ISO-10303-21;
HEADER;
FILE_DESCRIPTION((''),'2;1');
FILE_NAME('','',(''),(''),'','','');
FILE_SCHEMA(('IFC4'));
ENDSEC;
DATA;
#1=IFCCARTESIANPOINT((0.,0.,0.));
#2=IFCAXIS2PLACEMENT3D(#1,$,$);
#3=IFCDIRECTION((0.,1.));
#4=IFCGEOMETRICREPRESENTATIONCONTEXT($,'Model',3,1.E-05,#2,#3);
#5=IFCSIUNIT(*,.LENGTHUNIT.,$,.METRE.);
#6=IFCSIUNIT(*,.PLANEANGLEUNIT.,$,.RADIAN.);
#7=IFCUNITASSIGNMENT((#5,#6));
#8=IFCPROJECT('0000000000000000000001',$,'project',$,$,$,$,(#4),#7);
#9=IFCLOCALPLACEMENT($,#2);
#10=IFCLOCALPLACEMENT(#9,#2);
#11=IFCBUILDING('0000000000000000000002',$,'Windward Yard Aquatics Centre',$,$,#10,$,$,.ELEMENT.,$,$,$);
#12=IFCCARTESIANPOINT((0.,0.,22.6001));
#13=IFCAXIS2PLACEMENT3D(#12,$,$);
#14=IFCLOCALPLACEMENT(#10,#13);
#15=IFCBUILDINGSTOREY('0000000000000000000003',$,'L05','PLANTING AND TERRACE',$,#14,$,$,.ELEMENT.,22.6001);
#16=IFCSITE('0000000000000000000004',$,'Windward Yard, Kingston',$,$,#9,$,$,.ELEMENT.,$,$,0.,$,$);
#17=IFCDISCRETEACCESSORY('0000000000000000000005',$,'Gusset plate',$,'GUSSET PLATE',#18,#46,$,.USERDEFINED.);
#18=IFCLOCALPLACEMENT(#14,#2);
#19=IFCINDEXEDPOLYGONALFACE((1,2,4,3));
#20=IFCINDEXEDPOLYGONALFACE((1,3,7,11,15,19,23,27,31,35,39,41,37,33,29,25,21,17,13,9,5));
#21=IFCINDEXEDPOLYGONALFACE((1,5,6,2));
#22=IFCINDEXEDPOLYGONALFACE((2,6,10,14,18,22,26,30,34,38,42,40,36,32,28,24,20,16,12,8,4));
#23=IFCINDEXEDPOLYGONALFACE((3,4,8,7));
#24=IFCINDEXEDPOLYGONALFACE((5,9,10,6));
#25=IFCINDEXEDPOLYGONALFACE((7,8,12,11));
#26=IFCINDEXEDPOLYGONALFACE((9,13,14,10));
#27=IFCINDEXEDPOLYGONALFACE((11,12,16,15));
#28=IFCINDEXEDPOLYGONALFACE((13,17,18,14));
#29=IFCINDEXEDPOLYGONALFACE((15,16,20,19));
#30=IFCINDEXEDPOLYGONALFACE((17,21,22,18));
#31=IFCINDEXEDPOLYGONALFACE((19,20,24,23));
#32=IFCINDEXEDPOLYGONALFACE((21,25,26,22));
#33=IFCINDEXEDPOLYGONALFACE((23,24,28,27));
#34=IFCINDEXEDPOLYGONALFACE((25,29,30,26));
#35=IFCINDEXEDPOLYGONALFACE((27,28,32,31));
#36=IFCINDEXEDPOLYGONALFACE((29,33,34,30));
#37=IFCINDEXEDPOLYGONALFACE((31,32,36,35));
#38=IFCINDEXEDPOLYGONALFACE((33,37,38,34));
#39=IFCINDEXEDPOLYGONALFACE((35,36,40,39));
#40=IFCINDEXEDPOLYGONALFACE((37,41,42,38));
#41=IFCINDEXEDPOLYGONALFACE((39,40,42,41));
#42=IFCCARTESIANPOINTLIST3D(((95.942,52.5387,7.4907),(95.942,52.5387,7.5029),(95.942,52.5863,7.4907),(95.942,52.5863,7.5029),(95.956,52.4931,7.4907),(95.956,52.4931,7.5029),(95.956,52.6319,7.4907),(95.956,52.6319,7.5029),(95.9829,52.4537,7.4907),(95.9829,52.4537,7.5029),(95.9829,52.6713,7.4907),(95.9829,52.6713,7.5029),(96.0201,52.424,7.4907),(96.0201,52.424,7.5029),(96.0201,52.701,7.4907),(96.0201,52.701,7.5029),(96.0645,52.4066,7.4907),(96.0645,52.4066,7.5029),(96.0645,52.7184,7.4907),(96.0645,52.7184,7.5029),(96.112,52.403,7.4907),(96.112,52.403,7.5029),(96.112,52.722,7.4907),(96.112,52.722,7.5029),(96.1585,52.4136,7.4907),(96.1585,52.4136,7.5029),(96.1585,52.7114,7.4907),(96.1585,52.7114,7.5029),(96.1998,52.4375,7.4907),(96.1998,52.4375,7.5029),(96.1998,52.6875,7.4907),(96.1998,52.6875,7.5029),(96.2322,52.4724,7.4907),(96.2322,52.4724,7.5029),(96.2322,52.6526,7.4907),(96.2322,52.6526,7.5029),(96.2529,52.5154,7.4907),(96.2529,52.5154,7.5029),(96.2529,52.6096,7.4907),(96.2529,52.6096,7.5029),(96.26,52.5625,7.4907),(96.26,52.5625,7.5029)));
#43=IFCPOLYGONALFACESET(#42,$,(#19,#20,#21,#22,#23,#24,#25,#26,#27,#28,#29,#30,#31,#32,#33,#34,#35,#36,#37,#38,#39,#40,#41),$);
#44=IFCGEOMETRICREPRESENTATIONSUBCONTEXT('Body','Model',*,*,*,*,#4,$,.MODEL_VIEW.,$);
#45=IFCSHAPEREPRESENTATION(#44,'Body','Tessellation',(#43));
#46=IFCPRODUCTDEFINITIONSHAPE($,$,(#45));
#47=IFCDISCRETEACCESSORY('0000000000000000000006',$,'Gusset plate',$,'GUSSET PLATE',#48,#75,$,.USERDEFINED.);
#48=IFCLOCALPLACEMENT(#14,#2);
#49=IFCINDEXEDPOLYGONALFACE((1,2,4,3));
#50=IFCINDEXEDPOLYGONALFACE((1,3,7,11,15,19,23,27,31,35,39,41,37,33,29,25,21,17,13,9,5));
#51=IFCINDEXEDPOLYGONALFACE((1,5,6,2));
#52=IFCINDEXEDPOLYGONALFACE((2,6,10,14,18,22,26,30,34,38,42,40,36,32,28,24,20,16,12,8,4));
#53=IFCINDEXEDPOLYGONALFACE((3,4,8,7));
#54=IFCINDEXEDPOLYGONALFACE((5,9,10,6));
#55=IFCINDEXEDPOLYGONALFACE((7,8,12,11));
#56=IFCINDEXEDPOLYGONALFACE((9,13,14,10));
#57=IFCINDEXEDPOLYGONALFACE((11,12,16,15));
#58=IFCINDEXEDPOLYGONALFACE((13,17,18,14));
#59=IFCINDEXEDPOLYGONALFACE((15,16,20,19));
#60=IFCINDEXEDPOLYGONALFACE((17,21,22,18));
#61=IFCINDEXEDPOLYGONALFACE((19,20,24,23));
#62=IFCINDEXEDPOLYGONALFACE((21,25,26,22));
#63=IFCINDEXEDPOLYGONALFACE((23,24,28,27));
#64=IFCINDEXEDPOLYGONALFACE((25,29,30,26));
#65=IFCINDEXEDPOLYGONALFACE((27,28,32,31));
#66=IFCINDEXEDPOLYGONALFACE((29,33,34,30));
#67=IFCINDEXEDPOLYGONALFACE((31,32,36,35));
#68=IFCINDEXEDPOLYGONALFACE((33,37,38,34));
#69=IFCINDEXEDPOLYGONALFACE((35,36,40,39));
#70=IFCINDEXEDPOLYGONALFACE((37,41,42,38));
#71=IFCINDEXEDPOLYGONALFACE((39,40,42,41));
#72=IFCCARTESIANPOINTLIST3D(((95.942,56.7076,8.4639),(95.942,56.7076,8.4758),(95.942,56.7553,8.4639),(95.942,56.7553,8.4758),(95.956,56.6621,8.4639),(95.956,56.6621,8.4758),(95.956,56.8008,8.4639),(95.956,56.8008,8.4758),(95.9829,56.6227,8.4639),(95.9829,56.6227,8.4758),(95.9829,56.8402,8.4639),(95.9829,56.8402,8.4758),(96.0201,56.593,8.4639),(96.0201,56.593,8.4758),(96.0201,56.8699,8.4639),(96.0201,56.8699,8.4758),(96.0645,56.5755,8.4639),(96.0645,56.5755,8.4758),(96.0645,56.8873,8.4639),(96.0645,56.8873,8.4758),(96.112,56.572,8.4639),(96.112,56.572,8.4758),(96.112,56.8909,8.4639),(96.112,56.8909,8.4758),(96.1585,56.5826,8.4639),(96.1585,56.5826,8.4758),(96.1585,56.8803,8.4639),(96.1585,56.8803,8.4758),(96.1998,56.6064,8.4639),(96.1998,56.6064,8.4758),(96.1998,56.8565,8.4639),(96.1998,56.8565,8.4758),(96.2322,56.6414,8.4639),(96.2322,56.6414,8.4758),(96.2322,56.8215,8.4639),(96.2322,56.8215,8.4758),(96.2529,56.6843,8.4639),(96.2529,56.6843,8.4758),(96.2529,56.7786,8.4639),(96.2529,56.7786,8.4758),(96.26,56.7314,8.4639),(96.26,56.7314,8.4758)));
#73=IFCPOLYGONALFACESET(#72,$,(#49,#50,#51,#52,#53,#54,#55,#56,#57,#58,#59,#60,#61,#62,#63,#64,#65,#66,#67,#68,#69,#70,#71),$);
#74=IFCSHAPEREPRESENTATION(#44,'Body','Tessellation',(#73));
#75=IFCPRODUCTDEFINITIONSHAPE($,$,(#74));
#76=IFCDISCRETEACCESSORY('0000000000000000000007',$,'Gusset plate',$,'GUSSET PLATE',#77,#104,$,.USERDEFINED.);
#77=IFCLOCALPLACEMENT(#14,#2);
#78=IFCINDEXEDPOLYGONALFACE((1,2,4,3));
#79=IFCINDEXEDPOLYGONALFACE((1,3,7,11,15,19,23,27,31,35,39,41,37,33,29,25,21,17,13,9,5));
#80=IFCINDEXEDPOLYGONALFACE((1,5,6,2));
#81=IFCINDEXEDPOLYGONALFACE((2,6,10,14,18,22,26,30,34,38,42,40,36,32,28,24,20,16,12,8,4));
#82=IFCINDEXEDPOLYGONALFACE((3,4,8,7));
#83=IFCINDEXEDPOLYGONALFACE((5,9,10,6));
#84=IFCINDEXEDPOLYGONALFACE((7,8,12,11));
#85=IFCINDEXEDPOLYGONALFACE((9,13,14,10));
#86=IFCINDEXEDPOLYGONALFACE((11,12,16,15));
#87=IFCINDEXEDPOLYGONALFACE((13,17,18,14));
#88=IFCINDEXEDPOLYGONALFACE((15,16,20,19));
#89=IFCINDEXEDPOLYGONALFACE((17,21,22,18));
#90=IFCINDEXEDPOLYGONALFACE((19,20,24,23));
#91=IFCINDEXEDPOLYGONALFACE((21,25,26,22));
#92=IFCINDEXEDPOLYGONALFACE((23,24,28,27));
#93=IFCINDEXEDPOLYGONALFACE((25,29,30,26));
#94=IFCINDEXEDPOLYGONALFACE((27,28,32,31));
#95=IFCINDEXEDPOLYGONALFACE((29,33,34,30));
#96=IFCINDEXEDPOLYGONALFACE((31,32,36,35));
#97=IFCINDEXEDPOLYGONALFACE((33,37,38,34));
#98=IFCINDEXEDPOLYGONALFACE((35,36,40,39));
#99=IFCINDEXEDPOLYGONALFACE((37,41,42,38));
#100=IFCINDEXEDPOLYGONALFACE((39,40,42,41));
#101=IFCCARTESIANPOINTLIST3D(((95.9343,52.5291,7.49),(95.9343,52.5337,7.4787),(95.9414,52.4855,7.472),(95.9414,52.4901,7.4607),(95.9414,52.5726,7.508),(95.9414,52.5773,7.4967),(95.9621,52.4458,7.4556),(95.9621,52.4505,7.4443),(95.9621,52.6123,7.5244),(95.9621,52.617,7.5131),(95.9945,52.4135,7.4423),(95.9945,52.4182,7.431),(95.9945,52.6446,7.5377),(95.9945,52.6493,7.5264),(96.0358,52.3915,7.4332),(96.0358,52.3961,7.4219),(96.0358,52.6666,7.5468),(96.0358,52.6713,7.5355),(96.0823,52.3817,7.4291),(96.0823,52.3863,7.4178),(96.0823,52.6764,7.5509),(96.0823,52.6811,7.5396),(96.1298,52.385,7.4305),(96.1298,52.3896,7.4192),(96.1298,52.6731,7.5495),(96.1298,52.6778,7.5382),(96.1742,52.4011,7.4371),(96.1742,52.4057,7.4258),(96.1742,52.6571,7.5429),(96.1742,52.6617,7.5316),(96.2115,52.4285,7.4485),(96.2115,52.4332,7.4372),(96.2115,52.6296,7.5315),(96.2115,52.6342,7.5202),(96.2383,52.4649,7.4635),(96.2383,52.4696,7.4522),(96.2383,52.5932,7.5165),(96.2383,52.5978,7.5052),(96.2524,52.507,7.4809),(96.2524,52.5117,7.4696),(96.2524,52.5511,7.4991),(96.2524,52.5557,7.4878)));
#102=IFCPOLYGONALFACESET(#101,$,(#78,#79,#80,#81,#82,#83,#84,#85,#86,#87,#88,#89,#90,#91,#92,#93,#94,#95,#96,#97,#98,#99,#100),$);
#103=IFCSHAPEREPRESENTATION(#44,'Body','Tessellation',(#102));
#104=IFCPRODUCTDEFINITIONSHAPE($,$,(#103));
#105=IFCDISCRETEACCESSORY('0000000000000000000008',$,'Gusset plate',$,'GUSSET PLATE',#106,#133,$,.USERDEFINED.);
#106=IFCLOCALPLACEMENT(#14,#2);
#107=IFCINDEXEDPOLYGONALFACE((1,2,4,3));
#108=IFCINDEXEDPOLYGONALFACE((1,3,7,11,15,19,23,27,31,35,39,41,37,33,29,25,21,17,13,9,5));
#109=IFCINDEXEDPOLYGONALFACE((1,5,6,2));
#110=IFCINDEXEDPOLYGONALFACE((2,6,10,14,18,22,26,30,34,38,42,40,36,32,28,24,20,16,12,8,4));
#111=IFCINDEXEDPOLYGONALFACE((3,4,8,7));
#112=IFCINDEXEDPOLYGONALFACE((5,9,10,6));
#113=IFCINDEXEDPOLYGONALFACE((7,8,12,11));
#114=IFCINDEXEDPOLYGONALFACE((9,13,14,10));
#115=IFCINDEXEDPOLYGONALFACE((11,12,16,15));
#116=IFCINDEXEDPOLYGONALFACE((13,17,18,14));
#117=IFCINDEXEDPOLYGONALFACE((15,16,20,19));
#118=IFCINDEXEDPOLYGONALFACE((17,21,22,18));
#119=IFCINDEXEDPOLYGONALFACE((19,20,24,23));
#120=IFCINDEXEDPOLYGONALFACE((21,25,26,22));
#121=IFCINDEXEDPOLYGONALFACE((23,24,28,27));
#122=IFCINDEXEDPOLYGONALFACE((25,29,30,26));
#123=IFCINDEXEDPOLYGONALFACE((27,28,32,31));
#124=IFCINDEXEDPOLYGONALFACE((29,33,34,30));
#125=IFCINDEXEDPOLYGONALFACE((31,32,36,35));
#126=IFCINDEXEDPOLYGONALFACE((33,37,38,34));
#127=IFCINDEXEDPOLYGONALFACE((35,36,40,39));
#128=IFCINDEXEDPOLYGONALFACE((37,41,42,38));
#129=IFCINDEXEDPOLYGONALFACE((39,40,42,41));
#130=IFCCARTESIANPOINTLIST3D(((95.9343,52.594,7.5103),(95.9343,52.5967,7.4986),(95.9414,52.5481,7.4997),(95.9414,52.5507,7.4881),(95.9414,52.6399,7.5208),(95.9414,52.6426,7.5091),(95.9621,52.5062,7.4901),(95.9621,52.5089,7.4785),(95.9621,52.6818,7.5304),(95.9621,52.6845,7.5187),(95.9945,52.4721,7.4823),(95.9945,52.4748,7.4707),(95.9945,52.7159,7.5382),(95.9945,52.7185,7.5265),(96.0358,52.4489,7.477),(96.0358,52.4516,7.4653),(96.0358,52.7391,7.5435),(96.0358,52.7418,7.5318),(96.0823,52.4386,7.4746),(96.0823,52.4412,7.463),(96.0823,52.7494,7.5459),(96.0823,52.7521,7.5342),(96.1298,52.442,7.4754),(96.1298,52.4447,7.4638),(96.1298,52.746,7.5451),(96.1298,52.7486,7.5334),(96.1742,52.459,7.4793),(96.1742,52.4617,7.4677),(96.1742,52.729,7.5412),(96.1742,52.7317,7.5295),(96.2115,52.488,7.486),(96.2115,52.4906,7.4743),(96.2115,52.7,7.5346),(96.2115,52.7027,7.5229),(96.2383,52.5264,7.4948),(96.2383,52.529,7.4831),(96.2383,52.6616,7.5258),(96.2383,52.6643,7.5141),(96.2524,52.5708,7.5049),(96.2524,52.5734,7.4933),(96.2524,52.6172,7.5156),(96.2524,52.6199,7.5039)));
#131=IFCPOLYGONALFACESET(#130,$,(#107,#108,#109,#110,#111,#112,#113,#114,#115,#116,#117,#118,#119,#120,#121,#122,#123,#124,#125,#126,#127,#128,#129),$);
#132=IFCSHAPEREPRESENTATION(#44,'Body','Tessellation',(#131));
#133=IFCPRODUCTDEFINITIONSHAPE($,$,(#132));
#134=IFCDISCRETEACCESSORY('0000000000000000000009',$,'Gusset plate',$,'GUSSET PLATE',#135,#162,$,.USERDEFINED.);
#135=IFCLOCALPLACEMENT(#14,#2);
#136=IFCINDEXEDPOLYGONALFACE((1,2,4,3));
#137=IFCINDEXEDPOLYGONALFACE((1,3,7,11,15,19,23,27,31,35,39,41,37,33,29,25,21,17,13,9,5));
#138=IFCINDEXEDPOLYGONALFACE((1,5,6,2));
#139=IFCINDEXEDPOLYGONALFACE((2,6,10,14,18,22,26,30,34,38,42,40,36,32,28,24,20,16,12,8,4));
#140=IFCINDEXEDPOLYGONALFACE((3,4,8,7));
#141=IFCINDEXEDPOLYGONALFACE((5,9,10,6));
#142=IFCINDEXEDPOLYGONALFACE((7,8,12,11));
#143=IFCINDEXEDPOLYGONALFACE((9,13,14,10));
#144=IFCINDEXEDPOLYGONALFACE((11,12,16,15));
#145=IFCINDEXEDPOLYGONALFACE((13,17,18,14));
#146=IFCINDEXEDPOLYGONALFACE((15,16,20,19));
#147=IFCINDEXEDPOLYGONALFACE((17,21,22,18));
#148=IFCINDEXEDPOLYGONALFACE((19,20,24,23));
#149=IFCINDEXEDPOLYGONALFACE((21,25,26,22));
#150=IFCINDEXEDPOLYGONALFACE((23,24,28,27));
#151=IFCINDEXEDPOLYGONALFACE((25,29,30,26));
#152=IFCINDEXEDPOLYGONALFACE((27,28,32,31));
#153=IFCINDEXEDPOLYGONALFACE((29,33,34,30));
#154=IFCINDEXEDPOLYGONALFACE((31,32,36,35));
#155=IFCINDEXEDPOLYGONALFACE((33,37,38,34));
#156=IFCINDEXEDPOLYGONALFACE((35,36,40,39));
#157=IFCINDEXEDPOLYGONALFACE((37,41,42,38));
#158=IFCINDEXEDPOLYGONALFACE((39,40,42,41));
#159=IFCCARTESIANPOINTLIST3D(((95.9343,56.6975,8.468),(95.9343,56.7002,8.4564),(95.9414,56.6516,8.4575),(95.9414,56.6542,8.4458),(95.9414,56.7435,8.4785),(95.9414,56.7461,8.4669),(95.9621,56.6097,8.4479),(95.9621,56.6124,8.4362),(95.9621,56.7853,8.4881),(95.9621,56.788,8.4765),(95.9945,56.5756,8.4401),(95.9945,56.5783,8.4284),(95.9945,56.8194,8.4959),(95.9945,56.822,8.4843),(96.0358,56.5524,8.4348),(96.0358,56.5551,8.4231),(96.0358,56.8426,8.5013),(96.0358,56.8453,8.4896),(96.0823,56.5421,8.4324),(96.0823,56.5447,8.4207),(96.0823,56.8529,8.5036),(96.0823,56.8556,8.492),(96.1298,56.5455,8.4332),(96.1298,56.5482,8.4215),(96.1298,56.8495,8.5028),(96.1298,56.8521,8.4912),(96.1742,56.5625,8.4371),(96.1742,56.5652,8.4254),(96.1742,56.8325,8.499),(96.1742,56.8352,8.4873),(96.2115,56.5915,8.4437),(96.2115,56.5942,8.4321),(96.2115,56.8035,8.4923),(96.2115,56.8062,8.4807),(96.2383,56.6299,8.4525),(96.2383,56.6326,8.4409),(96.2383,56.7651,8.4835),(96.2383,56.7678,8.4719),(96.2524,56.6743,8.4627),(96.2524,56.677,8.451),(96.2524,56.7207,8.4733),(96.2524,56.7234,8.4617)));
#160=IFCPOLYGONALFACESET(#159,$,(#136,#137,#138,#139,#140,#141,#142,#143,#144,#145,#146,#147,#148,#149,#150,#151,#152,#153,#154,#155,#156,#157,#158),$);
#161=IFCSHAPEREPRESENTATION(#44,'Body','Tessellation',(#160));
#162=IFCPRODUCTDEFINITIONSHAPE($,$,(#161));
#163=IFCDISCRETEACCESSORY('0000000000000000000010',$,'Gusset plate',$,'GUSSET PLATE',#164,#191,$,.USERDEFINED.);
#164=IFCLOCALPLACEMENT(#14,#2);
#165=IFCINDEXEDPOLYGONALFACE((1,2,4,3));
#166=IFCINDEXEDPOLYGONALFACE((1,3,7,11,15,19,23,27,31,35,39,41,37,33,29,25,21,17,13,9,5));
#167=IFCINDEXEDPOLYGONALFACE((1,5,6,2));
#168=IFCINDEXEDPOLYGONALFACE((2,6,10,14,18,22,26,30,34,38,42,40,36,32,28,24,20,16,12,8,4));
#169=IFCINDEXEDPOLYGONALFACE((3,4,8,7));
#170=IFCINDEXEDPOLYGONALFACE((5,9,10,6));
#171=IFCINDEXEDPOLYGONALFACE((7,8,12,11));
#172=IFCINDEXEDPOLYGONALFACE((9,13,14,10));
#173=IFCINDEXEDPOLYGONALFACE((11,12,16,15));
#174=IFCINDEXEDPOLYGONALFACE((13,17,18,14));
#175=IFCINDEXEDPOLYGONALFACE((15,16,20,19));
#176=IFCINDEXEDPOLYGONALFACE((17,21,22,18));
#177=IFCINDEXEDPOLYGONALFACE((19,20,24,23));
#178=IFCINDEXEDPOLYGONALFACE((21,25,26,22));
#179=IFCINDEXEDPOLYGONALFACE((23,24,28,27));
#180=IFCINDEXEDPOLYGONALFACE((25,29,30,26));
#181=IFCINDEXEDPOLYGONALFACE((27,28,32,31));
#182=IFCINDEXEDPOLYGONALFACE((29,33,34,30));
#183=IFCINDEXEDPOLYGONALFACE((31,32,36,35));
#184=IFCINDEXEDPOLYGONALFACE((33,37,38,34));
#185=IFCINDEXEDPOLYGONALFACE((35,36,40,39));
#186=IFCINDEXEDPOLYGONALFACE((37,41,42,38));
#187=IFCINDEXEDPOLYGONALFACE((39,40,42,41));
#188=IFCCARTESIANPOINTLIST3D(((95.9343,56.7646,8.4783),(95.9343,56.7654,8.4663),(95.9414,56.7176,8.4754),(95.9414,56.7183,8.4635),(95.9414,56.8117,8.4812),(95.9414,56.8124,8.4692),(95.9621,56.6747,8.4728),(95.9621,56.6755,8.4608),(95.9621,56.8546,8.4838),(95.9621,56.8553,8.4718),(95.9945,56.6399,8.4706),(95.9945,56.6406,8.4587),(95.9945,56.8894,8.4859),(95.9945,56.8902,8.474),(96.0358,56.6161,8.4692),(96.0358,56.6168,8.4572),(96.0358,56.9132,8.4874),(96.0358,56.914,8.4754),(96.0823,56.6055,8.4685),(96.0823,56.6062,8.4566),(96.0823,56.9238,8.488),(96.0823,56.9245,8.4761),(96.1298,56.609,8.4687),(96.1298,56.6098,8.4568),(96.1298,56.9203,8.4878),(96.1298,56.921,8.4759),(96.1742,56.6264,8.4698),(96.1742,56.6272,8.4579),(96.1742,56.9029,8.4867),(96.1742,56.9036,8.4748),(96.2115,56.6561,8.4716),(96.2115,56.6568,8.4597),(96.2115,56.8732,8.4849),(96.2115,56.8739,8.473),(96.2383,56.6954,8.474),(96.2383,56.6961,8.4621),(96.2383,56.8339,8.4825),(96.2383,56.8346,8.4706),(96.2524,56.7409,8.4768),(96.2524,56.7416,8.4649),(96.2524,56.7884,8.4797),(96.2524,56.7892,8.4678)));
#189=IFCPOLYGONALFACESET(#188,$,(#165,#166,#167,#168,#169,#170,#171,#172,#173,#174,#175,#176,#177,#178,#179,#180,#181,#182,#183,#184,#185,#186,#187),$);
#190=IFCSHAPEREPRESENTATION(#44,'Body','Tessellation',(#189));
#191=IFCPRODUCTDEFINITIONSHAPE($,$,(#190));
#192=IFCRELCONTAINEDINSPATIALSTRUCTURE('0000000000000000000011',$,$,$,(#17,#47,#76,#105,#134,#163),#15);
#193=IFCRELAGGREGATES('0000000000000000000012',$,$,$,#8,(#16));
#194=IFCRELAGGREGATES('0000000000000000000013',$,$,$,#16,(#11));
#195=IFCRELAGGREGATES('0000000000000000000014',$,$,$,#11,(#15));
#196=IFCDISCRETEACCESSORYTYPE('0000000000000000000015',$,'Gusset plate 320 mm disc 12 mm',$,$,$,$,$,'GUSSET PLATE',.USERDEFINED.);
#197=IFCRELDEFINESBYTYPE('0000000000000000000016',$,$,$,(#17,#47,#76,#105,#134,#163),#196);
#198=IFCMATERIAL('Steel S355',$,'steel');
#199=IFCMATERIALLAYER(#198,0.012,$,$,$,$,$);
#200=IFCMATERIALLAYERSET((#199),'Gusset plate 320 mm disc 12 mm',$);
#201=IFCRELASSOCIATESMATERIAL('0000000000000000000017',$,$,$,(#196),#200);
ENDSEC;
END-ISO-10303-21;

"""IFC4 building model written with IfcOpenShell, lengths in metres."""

from ifc_helpers import new_model, si_unit, direction, frame, origin, origin_2d, place, context, subcontext, project, spatial, circle, extrude, material, layer, layer_set, type_object, element, save


model = new_model("IFC4")

# Units and contexts
model_context = context("Model", 3, precision=1e-05, world=origin(), true_north=direction((0.0, 1.0)))
body_context = subcontext(model_context, "Body", "Model", "MODEL_VIEW")
ifc_project = project(units=[si_unit("LENGTHUNIT", "METRE"), si_unit("PLANEANGLEUNIT", "RADIAN")], contexts=[model_context])

# Site, building, storey
site_placement = place(None, origin())
site = spatial("IfcSite", under=ifc_project, at=site_placement, Name="Windward Yard, Kingston", CompositionType="ELEMENT", RefElevation=0.0)
building_placement = place(site_placement, origin())
building = spatial("IfcBuilding", under=site, at=building_placement, Name="Windward Yard Aquatics Centre", CompositionType="ELEMENT")
storey_placement = place(building_placement, frame((0.0, 0.0, 22.6001)))
storey = spatial("IfcBuildingStorey", under=building, at=storey_placement, Name="L05", Description="PLANTING AND TERRACE", CompositionType="ELEMENT", Elevation=22.6001)

# Discrete accessories
ifc_material_1 = material(Name="Steel S355", Category="steel")
ifc_layer_1 = layer(ifc_material_1, 0.012)
ifc_layer_set_1 = layer_set([ifc_layer_1], Name="Gusset plate 320 mm disc 12 mm")
discrete_accessory_type_1 = type_object("IfcDiscreteAccessoryType", Name="Gusset plate 320 mm disc 12 mm", ElementType="GUSSET PLATE", PredefinedType="USERDEFINED", material=ifc_layer_set_1)
for number, where, z_axis, x_axis, name in (
    (1, (96.1001, 52.5625, 7.4907), (0.0, 0.0, 1.0), (1.0, 0.0, 0.0), "Gusset plate"),
):
    element("IfcDiscreteAccessory", number, at=place(storey_placement, frame(where, z_axis=z_axis, x_axis=x_axis)), inside=storey, type_object=discrete_accessory_type_1, Name=name, ObjectType="GUSSET PLATE", PredefinedType="USERDEFINED", context=body_context, shape_type="SweptSolid", body=[
        extrude(circle(Radius=0.1599, at=origin_2d()), origin(), (0.0, 0.0, 1.0), 0.0122),
    ])
discrete_accessory_1_placement = place(storey_placement, frame((96.1001, 56.7314, 8.4639), z_axis=(0.0, 0.0, 1.0), x_axis=(1.0, 0.0, 0.0)))
element("IfcDiscreteAccessory", 2, at=discrete_accessory_1_placement, inside=storey, type_object=discrete_accessory_type_1, Name="Gusset plate", ObjectType="GUSSET PLATE", PredefinedType="USERDEFINED", context=body_context, shape_type="SweptSolid", body=[
    extrude(circle(Radius=0.1599, at=origin_2d()), origin(), (0.0, 0.0, 1.0), 0.012),
])
discrete_accessory_2_placement = place(storey_placement, frame((96.0942, 52.5291, 7.49), z_axis=(0.0, 0.38176, -0.924261), x_axis=(-1.0, 0.0, 0.0)))
element("IfcDiscreteAccessory", 3, at=discrete_accessory_2_placement, inside=storey, type_object=discrete_accessory_type_1, Name="Gusset plate", ObjectType="GUSSET PLATE", PredefinedType="USERDEFINED", context=body_context, shape_type="SweptSolid", body=[
    extrude(circle(Radius=0.1599, at=origin_2d()), origin(), (0.0, 0.0, 1.0), 0.0122),
])
for number, where, z_axis, x_axis, name in (
    (4, (96.0942, 52.594, 7.5103), (0.0, 0.223376, -0.974732), (-1.0, 0.0, 0.0), "Gusset plate"),
    (5, (96.0942, 56.6975, 8.468), (0.0, 0.223376, -0.974732), (-1.0, 0.0, 0.0), "Gusset plate"),
    (6, (96.0942, 56.7646, 8.4783), (0.0, 0.06111, -0.998131), (-1.0, 0.0, 0.0), "Gusset plate"),
):
    element("IfcDiscreteAccessory", number, at=place(storey_placement, frame(where, z_axis=z_axis, x_axis=x_axis)), inside=storey, type_object=discrete_accessory_type_1, Name=name, ObjectType="GUSSET PLATE", PredefinedType="USERDEFINED", context=body_context, shape_type="SweptSolid", body=[
        extrude(circle(Radius=0.1599, at=origin_2d()), origin(), (0.0, 0.0, 1.0), 0.012),
    ])

save(model, "model.ifc")
